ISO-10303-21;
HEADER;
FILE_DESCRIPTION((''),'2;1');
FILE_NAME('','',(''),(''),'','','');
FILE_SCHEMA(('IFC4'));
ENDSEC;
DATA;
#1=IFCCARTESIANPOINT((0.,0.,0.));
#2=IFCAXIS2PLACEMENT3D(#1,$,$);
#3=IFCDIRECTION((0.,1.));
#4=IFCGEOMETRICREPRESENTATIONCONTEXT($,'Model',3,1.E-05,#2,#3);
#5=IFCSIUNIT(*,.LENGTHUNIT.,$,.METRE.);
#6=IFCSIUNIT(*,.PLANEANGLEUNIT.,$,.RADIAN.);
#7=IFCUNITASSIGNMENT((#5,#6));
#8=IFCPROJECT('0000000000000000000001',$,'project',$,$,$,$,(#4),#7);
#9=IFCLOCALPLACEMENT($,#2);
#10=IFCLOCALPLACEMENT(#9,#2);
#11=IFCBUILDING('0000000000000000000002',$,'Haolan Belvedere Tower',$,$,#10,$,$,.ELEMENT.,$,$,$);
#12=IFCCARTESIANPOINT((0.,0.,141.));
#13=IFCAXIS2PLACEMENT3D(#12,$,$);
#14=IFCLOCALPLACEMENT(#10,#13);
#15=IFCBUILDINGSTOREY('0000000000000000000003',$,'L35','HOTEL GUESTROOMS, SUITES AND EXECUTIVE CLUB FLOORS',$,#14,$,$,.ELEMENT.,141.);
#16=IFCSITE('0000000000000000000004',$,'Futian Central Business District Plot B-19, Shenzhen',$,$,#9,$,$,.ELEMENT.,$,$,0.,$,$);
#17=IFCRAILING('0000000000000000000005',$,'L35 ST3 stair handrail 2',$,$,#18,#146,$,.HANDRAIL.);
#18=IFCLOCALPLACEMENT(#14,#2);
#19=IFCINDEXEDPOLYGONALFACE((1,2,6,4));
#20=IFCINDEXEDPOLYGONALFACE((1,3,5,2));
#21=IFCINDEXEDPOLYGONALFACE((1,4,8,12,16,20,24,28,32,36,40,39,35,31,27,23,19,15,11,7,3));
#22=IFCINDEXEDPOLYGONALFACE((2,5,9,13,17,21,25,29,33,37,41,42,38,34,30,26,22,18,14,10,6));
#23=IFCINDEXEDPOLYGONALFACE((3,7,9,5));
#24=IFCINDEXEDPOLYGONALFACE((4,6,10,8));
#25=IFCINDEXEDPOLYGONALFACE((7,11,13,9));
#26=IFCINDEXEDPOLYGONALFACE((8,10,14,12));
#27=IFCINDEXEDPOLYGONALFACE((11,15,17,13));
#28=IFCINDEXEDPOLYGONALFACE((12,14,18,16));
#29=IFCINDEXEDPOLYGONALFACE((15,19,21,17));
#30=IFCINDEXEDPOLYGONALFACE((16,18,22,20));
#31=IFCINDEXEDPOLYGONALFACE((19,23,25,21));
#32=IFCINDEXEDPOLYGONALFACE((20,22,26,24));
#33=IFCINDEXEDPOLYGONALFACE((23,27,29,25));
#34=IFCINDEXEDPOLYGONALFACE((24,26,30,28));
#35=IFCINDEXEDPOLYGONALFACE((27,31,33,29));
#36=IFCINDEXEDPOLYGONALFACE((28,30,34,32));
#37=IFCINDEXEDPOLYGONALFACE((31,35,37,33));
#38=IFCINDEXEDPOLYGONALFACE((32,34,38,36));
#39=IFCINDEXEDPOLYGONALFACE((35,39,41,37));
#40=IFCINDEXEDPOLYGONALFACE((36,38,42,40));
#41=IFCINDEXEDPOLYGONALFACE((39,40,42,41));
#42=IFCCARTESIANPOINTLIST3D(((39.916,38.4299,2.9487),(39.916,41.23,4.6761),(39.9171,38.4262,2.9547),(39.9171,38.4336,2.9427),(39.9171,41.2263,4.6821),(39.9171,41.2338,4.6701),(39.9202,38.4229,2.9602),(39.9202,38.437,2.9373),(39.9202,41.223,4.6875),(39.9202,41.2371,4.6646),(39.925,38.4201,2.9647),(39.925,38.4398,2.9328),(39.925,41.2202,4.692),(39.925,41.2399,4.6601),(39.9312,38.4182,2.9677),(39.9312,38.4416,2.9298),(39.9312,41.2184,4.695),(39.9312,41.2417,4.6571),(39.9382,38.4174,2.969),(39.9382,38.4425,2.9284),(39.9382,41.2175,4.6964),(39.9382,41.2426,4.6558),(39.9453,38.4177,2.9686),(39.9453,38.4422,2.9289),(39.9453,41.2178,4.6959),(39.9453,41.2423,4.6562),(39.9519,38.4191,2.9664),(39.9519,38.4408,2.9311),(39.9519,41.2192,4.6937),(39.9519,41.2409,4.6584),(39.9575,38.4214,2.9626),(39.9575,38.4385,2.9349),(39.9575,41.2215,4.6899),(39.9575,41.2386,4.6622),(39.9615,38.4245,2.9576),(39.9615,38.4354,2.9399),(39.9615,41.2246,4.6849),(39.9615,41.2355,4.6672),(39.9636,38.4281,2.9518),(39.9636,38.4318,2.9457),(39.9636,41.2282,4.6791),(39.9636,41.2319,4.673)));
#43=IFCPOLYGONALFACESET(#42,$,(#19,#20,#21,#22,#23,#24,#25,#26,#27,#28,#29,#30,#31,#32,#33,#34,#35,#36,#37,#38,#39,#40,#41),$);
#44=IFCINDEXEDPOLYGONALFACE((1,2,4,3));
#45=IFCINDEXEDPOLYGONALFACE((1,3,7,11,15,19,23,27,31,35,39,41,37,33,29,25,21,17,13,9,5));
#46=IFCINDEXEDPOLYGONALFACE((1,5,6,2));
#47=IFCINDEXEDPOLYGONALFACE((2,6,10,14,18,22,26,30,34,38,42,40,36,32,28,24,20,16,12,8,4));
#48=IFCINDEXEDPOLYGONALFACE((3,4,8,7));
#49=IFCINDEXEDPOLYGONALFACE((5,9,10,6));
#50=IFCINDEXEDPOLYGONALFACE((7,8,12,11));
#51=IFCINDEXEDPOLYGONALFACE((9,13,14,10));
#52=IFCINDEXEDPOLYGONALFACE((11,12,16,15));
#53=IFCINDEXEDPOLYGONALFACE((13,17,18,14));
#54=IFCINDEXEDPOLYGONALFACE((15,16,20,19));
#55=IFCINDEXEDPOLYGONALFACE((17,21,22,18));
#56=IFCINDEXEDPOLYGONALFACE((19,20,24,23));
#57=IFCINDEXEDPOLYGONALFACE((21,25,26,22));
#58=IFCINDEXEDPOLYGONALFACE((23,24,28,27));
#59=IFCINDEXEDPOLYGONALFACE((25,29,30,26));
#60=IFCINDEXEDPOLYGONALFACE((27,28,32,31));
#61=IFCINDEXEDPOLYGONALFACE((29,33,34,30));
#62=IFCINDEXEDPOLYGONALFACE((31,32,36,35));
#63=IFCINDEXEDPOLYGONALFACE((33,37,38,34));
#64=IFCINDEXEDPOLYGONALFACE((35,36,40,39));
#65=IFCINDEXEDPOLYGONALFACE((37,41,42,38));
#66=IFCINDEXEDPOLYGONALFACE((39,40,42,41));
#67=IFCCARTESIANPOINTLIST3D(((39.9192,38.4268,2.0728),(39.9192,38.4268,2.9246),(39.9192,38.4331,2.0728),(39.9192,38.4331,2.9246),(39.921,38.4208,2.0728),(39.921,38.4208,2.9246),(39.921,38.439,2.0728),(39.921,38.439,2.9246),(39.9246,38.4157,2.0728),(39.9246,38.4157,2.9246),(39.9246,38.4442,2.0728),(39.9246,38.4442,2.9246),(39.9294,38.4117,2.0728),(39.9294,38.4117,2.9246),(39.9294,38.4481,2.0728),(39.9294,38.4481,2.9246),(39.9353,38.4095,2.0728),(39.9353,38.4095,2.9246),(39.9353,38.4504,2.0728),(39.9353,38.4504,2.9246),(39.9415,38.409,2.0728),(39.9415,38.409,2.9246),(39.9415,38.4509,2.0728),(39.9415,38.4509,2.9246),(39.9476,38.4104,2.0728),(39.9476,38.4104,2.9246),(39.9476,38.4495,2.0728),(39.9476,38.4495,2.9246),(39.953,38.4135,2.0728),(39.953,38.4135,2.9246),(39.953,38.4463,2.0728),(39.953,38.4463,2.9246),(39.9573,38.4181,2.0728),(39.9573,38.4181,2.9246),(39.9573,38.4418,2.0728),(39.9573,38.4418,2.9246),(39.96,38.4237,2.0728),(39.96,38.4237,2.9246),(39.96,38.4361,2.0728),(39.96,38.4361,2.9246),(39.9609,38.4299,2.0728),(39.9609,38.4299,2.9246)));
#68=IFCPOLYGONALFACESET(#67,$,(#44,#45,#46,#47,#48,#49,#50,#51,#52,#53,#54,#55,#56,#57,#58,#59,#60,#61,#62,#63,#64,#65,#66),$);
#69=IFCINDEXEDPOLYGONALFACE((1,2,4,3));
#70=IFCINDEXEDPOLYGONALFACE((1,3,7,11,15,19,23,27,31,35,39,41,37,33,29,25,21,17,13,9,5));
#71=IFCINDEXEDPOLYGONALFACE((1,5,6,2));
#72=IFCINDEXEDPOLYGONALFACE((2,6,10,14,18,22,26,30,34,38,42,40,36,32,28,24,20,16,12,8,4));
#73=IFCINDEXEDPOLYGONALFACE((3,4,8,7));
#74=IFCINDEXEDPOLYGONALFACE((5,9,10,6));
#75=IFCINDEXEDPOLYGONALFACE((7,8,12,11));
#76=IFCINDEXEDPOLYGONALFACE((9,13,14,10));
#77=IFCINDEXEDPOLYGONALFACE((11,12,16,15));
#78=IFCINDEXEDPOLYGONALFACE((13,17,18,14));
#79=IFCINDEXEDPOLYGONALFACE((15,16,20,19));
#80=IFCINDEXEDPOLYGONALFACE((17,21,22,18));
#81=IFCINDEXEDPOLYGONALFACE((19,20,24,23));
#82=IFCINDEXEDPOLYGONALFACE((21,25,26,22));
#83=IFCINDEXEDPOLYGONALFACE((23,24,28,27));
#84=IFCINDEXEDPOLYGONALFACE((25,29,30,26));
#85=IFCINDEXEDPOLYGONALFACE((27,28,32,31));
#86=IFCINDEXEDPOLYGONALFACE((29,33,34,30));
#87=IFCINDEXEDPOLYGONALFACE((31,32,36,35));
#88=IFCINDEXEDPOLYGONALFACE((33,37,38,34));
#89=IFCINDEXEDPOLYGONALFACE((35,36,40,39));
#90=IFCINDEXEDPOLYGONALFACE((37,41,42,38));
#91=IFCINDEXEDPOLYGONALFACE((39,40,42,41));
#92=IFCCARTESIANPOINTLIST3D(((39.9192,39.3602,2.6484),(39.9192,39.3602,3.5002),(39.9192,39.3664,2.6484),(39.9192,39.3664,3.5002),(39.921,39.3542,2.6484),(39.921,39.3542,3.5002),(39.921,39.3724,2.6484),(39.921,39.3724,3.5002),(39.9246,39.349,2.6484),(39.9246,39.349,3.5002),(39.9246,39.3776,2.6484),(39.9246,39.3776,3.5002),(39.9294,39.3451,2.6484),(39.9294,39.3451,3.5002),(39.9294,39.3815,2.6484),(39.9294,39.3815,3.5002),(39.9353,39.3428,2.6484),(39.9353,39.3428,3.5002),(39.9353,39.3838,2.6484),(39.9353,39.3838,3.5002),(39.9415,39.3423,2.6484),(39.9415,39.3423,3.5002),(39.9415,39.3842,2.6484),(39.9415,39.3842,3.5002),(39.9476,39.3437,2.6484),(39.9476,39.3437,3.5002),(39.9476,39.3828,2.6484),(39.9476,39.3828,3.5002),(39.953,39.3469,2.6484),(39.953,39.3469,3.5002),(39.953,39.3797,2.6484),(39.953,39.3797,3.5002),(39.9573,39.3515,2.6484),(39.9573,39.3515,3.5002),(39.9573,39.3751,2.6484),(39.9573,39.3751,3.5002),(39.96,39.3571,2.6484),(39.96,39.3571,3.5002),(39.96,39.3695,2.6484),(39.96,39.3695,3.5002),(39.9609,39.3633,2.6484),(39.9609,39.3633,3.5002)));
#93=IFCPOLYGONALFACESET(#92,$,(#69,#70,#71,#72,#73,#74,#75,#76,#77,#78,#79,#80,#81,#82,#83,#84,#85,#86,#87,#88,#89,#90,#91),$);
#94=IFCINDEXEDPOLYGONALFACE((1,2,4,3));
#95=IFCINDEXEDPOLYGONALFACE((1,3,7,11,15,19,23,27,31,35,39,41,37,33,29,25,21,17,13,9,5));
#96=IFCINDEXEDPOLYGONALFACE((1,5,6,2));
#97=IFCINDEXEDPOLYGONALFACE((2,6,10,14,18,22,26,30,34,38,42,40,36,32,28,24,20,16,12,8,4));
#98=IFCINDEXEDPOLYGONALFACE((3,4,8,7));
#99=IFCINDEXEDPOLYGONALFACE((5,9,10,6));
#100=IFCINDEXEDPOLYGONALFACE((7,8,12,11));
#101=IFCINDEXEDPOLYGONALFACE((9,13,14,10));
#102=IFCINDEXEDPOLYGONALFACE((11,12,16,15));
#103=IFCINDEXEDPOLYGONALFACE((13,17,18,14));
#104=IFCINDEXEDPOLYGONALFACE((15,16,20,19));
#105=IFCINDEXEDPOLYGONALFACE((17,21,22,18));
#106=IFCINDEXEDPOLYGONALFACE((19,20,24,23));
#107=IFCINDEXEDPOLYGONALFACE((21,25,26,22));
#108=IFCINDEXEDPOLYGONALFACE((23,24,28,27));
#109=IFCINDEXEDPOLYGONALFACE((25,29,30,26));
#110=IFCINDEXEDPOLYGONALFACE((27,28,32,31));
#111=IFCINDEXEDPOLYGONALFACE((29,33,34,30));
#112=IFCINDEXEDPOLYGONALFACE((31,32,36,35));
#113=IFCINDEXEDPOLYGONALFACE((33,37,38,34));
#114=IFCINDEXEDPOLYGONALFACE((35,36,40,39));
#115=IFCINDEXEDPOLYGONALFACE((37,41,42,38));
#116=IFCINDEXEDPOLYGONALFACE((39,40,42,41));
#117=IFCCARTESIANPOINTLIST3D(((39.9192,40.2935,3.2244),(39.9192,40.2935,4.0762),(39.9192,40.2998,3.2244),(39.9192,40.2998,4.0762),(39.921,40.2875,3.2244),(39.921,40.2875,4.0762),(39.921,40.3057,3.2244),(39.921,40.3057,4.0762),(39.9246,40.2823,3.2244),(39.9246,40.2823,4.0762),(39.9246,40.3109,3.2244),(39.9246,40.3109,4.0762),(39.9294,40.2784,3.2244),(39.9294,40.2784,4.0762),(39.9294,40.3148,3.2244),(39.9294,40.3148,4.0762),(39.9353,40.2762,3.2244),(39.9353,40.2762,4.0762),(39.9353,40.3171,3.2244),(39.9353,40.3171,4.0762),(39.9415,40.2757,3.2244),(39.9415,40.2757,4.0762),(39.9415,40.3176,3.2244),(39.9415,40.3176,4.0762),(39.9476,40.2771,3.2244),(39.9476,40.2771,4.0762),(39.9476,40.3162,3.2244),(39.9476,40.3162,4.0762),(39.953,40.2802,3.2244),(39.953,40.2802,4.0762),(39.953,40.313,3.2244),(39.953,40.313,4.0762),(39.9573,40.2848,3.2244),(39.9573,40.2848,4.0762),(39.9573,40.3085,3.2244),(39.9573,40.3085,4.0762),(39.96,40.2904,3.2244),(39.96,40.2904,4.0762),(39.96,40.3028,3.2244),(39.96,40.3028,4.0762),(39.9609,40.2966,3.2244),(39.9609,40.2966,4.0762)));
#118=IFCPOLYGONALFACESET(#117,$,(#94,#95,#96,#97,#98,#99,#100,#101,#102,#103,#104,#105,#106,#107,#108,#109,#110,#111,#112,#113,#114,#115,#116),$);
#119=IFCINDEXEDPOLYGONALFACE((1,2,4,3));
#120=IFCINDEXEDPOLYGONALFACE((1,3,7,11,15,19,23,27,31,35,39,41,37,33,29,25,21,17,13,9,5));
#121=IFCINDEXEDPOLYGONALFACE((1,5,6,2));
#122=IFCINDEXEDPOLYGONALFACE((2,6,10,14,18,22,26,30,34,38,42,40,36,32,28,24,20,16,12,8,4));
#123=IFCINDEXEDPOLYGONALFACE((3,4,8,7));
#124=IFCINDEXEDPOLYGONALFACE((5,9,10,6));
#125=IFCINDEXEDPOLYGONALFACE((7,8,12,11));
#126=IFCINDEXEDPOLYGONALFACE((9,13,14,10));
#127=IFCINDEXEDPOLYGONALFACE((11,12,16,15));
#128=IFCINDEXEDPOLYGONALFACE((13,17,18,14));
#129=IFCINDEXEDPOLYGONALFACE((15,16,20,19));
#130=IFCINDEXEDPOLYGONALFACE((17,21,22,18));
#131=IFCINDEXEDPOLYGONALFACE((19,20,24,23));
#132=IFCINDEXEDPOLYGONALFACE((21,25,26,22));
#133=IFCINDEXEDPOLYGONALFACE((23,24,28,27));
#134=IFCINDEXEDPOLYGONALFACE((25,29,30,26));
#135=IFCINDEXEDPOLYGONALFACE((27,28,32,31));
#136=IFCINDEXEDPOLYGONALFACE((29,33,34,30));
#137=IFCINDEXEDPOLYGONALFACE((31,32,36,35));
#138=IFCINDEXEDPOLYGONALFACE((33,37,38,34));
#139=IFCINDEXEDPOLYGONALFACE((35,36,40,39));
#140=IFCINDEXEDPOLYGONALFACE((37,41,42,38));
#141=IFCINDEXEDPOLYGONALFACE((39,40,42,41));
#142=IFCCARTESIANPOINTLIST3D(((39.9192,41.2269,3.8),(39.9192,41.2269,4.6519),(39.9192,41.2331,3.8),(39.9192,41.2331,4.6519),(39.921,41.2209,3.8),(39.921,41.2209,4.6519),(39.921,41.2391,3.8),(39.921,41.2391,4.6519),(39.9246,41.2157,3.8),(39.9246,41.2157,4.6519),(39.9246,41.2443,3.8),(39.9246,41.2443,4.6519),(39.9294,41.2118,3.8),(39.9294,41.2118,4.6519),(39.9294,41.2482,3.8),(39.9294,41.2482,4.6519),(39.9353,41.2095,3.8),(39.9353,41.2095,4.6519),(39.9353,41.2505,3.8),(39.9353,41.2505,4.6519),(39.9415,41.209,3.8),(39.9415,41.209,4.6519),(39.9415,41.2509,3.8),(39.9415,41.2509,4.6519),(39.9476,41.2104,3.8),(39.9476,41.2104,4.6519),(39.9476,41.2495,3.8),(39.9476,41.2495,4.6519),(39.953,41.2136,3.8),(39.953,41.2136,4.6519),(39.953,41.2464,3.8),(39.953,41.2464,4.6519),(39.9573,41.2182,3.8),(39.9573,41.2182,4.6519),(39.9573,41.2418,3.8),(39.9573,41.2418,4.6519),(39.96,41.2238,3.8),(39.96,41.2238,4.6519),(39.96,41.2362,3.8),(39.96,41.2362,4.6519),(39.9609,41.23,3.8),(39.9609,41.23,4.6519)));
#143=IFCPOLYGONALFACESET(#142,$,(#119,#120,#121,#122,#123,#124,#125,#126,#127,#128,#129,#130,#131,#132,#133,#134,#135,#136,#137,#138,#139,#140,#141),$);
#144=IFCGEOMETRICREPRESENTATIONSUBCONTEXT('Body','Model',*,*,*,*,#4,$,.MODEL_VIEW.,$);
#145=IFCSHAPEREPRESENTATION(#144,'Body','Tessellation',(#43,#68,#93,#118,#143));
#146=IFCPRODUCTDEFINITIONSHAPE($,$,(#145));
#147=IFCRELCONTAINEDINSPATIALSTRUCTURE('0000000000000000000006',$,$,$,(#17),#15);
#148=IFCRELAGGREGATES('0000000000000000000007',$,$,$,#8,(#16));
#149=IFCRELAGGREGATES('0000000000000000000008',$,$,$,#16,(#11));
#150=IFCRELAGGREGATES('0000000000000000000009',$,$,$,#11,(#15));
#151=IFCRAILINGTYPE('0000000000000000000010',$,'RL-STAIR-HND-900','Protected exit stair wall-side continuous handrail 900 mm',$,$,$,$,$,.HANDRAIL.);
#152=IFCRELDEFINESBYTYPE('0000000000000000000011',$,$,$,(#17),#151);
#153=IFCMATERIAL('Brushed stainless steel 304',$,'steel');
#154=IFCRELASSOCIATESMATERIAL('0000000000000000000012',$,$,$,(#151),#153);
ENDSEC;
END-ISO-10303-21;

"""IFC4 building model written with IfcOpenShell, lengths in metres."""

from ifc_helpers import new_model, si_unit, direction, frame, origin, origin_2d, place, context, subcontext, project, spatial, circle, extrude, material, type_object, element, save


model = new_model("IFC4")

# Units and contexts
model_context = context("Model", 3, precision=1e-05, world=origin(), true_north=direction((0.0, 1.0)))
body_context = subcontext(model_context, "Body", "Model", "MODEL_VIEW")
ifc_project = project(units=[si_unit("LENGTHUNIT", "METRE"), si_unit("PLANEANGLEUNIT", "RADIAN")], contexts=[model_context])

# Site, building, storey
site_placement = place(None, origin())
site = spatial("IfcSite", under=ifc_project, at=site_placement, Name="Futian Central Business District Plot B-19, Shenzhen", CompositionType="ELEMENT", RefElevation=0.0)
building_placement = place(site_placement, origin())
building = spatial("IfcBuilding", under=site, at=building_placement, Name="Haolan Belvedere Tower", CompositionType="ELEMENT")
storey_placement = place(building_placement, frame((0.0, 0.0, 141.0)))
storey = spatial("IfcBuildingStorey", under=building, at=storey_placement, Name="L35", Description="HOTEL GUESTROOMS, SUITES AND EXECUTIVE CLUB FLOORS", CompositionType="ELEMENT", Elevation=141.0)

# Railing
ifc_material_1 = material(Name="Brushed stainless steel 304", Category="steel")
railing_type_1 = type_object("IfcRailingType", Name="RL-STAIR-HND-900", Description="Protected exit stair wall-side continuous handrail 900 mm", PredefinedType="HANDRAIL", material=ifc_material_1)
railing_1_placement = place(storey_placement, frame((39.9399, 38.4299, 2.0728)))
element("IfcRailing", 1, at=railing_1_placement, inside=storey, type_object=railing_type_1, Name="L35 ST3 stair handrail 2", PredefinedType="HANDRAIL", context=body_context, shape_type="SweptSolid", body=[
    extrude(circle(Radius=0.0239, at=origin_2d()), frame((0.0, 0.0, 0.876), z_axis=(0.0, 0.85109, 0.52502), x_axis=(-1.0, 0.0, 0.0)), (0.0, 0.0, 1.0), 3.29),
    extrude(circle(Radius=0.021, at=origin_2d()), origin(), (0.0, 0.0, 1.0), 0.8518),
    extrude(circle(Radius=0.021, at=origin_2d()), frame((0.0, 0.9333, 0.5757)), (0.0, 0.0, 1.0), 0.8518),
    extrude(circle(Radius=0.021, at=origin_2d()), frame((0.0, 1.8667, 1.1516)), (0.0, 0.0, 1.0), 0.8518),
    extrude(circle(Radius=0.021, at=origin_2d()), frame((0.0, 2.8, 1.7273)), (0.0, 0.0, 1.0), 0.8518),
])

save(model, "model.ifc")
